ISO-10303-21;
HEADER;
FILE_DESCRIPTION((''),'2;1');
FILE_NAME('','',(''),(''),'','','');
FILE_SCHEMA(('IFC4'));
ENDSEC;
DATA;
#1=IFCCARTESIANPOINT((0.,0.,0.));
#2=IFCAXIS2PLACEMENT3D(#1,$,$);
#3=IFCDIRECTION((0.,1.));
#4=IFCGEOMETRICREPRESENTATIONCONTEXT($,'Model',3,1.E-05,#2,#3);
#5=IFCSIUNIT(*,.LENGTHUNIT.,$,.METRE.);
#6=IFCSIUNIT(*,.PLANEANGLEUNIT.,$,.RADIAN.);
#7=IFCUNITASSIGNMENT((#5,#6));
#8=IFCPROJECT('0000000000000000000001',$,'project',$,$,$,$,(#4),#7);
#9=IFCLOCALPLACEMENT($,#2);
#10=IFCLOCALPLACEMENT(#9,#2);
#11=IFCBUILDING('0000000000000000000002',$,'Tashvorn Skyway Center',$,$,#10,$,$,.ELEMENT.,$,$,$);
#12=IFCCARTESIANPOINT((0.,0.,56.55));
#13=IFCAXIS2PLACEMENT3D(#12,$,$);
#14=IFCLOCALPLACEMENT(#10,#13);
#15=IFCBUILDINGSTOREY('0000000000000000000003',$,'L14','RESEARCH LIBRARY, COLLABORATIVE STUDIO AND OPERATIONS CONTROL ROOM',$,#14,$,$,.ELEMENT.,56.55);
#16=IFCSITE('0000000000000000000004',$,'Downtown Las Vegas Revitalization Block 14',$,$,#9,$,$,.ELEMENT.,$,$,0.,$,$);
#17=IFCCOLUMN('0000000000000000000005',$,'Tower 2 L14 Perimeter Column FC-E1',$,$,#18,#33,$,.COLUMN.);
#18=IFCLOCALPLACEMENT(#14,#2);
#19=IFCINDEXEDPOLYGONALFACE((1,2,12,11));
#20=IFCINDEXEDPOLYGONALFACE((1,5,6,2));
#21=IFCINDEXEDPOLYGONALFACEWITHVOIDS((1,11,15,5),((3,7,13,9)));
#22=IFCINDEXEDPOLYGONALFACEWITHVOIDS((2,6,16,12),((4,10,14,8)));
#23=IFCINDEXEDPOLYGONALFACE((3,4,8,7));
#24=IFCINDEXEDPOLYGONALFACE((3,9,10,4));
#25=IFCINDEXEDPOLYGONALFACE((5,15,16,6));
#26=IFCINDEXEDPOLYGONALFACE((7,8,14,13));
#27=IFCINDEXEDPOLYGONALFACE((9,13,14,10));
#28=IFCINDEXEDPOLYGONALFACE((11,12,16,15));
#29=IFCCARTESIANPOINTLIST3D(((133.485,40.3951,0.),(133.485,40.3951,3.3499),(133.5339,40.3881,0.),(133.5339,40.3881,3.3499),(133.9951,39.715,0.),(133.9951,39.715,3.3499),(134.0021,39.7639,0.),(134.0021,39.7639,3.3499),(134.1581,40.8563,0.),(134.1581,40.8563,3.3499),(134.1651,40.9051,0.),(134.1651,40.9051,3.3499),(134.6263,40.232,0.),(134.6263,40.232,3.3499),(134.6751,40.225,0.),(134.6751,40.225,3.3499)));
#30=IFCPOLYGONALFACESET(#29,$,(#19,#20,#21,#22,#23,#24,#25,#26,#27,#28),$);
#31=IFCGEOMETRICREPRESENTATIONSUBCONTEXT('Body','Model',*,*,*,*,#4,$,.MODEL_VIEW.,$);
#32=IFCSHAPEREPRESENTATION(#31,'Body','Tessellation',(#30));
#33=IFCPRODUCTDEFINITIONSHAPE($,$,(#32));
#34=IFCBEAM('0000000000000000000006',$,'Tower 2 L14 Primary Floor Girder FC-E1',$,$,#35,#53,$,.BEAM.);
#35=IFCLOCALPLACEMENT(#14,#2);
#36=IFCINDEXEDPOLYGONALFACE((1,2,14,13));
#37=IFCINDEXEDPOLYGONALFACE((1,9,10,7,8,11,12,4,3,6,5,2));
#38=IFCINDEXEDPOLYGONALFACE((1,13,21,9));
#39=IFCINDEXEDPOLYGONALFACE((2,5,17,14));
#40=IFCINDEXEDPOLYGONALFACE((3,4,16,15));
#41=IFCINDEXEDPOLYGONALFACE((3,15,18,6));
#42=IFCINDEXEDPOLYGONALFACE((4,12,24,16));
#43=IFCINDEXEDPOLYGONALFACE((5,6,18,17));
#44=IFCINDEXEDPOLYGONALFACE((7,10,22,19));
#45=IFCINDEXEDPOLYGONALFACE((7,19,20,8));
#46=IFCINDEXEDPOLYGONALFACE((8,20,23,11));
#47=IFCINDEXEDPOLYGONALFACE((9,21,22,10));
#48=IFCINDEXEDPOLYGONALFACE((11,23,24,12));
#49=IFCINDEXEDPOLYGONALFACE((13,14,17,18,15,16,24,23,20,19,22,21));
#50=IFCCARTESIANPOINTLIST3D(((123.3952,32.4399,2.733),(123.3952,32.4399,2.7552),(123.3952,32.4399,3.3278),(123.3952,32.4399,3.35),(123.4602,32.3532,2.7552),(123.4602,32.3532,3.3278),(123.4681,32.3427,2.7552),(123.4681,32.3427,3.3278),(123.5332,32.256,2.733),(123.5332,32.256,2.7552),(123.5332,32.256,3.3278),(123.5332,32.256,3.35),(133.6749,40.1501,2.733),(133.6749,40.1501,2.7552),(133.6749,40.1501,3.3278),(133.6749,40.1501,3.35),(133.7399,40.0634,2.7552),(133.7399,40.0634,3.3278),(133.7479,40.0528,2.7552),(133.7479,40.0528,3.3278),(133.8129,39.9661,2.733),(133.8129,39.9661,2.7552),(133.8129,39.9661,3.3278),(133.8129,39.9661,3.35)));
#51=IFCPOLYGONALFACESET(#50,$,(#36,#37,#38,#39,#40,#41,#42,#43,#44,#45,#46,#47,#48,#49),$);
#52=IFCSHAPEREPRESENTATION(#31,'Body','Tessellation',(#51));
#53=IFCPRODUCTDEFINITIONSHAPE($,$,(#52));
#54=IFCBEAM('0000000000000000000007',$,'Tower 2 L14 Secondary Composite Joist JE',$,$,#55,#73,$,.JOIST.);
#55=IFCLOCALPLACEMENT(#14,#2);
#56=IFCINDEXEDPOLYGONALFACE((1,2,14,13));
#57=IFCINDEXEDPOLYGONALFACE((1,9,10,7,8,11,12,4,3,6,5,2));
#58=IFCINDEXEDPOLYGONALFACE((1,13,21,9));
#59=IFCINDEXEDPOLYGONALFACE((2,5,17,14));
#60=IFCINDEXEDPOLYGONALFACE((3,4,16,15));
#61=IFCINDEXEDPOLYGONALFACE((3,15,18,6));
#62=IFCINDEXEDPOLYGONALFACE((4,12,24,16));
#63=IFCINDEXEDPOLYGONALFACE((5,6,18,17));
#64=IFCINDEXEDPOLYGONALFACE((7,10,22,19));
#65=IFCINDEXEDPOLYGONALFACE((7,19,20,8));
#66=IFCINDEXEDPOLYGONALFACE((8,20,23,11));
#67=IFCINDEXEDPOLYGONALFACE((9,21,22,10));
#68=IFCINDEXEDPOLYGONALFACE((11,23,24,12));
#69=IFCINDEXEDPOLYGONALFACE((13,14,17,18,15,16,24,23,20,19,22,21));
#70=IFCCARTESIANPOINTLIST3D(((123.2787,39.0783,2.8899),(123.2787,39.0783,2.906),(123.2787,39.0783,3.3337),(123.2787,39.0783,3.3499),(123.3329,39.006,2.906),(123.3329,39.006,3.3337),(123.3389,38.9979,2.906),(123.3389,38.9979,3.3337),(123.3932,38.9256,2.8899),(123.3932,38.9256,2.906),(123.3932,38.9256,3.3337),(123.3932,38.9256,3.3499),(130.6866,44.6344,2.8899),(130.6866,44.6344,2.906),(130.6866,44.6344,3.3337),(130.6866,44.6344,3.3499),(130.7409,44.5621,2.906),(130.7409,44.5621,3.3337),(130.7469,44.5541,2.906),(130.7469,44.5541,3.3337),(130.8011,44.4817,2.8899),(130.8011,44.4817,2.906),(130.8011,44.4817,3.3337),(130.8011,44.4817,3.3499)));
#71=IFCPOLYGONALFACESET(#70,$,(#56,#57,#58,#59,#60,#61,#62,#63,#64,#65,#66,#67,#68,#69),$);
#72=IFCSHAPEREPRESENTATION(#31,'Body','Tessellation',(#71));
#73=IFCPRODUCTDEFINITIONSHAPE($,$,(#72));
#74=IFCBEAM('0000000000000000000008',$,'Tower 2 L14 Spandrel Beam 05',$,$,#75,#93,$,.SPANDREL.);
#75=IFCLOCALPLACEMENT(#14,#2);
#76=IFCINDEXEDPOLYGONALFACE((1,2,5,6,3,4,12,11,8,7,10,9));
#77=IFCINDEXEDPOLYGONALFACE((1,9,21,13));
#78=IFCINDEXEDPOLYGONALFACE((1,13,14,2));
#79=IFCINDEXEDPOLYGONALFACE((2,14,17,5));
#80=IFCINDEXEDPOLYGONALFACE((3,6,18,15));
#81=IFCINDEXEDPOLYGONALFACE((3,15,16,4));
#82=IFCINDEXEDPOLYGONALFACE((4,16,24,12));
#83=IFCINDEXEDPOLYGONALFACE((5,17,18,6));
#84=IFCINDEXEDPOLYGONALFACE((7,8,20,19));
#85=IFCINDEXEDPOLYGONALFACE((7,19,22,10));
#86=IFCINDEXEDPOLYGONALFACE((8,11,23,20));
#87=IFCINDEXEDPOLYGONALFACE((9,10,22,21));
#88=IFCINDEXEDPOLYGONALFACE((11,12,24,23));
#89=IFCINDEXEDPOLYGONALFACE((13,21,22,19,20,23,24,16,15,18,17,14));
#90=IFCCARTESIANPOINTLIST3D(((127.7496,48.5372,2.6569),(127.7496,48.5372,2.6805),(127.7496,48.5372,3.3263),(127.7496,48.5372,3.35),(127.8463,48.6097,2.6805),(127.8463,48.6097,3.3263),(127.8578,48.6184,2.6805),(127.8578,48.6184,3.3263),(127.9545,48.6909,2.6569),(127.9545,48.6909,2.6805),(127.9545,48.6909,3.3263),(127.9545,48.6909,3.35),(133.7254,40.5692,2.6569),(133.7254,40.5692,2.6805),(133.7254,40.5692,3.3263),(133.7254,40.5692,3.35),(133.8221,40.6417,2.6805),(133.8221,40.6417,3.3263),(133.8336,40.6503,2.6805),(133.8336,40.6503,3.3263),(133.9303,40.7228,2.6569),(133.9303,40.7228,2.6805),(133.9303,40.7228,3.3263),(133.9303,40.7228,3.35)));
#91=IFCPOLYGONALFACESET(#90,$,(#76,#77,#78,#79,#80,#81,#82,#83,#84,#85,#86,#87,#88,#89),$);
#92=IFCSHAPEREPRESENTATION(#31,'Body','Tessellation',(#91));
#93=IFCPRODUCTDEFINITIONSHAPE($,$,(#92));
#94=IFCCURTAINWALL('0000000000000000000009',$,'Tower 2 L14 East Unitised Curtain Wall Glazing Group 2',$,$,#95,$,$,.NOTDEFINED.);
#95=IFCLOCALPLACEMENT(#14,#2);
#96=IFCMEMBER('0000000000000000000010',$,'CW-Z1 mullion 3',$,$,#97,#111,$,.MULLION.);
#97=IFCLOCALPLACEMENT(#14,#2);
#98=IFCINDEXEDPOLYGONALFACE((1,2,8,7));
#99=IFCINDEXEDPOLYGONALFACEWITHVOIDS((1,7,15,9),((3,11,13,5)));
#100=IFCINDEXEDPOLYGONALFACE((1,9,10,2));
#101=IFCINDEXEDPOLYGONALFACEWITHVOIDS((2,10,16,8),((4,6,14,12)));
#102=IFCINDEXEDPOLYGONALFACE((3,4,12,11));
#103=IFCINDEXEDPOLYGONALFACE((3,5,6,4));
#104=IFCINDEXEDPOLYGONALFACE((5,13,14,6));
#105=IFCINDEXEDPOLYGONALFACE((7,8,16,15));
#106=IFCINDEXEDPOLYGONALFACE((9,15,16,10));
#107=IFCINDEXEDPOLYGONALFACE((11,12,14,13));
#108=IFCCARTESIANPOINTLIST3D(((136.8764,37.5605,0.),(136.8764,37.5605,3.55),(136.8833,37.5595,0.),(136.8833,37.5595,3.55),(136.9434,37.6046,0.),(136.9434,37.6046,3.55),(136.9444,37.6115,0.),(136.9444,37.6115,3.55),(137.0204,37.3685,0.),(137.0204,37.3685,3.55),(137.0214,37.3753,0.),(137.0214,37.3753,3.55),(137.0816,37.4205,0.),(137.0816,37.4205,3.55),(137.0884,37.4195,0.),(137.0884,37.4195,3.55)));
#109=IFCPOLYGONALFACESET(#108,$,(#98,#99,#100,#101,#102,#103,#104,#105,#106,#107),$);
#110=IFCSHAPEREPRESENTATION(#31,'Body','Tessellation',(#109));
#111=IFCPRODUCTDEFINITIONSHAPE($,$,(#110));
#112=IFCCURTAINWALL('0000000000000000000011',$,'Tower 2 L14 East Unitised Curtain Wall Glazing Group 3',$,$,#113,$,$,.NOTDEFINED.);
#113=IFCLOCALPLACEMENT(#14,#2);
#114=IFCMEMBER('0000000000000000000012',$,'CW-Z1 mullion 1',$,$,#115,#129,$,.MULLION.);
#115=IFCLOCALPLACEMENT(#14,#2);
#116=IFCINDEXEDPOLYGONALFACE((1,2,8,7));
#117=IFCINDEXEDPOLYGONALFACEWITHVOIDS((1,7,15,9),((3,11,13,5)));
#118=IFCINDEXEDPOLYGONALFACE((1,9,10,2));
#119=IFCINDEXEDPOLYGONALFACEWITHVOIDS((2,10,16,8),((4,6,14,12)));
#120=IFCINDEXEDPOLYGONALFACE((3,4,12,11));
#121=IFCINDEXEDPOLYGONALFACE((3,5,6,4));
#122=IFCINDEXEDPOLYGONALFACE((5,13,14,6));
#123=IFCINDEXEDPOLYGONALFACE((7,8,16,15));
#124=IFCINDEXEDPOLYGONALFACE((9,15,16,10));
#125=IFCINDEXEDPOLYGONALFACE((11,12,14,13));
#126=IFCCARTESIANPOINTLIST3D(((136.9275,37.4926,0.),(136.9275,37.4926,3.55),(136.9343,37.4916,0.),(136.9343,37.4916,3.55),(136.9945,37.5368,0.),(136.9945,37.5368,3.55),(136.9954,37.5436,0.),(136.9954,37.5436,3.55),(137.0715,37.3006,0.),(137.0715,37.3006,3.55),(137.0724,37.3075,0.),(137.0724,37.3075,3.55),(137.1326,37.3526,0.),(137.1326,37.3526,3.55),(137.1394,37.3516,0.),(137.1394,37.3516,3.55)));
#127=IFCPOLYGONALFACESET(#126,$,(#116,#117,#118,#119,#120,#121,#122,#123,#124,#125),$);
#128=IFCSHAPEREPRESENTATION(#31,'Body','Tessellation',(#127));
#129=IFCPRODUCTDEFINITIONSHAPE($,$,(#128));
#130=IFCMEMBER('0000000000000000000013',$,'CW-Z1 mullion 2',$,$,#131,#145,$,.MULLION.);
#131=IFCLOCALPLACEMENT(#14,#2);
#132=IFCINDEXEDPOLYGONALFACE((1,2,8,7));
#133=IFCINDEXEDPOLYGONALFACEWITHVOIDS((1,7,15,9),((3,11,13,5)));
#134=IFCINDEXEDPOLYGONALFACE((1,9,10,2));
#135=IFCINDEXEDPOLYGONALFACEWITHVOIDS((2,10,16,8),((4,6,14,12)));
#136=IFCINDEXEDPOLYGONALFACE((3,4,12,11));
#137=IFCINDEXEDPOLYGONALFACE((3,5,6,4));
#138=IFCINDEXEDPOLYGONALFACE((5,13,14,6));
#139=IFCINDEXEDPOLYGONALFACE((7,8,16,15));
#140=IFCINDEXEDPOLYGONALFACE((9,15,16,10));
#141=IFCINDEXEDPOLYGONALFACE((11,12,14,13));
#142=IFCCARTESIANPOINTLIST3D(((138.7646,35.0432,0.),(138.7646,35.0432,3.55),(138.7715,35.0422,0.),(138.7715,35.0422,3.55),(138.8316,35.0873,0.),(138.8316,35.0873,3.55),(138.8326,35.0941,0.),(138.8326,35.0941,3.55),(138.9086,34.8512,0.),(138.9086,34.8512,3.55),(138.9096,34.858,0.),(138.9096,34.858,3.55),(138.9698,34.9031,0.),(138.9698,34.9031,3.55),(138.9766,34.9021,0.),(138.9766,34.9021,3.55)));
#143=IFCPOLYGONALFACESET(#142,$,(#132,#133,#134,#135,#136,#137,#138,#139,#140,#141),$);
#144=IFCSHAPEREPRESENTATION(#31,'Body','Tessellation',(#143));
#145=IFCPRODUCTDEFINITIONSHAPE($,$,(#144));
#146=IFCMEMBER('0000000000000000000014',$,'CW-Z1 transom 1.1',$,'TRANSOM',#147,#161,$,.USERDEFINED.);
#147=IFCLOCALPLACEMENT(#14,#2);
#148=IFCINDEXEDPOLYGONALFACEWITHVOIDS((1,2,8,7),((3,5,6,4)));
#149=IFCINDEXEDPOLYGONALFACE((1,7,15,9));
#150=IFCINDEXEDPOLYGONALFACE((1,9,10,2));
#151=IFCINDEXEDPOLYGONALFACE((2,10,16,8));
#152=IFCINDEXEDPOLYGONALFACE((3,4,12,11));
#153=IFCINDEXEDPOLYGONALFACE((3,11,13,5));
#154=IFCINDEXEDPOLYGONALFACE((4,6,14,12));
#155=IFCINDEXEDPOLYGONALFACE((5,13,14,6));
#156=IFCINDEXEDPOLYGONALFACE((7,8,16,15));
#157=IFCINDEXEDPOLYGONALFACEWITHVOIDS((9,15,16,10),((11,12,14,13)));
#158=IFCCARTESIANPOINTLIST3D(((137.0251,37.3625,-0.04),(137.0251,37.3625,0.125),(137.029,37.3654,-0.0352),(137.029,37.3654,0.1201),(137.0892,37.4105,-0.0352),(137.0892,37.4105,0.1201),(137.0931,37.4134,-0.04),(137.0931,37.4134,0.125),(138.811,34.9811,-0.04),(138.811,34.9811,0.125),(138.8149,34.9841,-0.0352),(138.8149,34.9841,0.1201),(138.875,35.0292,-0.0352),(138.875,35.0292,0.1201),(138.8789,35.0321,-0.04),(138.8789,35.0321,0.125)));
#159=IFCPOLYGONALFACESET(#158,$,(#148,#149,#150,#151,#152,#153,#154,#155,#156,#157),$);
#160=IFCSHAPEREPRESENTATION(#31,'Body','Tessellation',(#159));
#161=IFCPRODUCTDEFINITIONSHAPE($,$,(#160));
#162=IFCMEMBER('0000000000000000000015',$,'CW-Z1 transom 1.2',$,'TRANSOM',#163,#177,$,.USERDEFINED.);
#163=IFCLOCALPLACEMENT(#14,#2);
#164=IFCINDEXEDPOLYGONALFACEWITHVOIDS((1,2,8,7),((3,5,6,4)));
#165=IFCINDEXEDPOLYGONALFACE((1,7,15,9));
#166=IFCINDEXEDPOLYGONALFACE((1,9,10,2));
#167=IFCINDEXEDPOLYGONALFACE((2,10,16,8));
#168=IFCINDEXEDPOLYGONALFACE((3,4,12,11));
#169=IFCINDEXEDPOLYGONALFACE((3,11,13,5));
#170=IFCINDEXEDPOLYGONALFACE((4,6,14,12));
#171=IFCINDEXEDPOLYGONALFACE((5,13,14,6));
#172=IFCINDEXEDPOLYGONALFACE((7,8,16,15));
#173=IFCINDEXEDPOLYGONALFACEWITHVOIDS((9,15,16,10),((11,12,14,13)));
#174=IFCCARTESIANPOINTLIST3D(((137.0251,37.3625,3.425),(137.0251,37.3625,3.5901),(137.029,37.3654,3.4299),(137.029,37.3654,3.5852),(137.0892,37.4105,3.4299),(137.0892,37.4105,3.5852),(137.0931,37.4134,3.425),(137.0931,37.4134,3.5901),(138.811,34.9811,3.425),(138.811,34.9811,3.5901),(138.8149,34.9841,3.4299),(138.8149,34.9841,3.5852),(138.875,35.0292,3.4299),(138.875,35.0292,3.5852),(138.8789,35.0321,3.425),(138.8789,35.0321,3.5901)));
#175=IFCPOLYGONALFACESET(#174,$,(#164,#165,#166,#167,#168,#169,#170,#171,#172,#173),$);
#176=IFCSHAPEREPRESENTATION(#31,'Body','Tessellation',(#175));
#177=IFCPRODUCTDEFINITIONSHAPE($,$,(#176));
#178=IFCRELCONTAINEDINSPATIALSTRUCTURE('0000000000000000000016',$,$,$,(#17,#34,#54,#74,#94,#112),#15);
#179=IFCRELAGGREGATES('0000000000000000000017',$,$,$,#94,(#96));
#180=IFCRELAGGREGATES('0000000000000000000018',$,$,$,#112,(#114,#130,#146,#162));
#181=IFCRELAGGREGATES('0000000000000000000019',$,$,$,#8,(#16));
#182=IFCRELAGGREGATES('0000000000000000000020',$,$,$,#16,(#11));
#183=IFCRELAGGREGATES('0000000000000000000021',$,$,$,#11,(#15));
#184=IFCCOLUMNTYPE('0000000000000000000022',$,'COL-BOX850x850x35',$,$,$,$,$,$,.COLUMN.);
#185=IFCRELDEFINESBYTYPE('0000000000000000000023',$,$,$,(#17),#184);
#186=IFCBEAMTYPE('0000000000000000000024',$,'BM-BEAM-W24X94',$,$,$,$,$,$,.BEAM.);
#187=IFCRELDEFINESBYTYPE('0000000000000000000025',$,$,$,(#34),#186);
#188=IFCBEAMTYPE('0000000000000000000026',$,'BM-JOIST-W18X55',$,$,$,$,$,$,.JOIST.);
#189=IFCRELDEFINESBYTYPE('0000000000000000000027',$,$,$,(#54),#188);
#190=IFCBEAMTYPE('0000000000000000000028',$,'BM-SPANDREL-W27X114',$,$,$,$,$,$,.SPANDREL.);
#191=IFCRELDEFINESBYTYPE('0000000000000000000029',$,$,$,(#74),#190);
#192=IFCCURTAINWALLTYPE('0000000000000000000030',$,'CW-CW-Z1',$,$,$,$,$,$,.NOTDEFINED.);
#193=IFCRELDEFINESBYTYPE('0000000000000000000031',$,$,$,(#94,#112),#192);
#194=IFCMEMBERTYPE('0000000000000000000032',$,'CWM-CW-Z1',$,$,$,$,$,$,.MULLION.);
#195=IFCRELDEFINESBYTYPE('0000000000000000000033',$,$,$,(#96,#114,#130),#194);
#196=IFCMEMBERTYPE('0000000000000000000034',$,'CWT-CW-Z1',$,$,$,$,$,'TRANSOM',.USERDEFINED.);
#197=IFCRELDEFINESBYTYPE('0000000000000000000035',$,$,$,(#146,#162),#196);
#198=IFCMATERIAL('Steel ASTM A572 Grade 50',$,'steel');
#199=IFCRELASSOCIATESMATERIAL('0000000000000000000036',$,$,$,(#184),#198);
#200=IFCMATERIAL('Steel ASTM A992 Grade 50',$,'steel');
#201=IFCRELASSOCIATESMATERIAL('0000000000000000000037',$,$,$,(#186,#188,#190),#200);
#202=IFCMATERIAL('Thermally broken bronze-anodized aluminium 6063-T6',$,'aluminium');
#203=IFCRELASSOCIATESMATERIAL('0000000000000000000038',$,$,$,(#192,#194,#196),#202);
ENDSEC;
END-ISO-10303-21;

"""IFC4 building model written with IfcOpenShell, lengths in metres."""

from ifc_helpers import new_model, si_unit, direction, frame, origin, origin_2d, place, context, subcontext, project, spatial, hollow_rectangle, i_section, extrude, material, material_profile, profile_set, type_object, element, aggregate, save


model = new_model("IFC4")

# Units and contexts
model_context = context("Model", 3, precision=1e-05, world=origin(), true_north=direction((0.0, 1.0)))
body_context = subcontext(model_context, "Body", "Model", "MODEL_VIEW")
ifc_project = project(units=[si_unit("LENGTHUNIT", "METRE"), si_unit("PLANEANGLEUNIT", "RADIAN")], contexts=[model_context])

# Site, building, storey
site_placement = place(None, origin())
site = spatial("IfcSite", under=ifc_project, at=site_placement, Name="Downtown Las Vegas Revitalization Block 14", CompositionType="ELEMENT", RefElevation=0.0)
building_placement = place(site_placement, origin())
building = spatial("IfcBuilding", under=site, at=building_placement, Name="Tashvorn Skyway Center", CompositionType="ELEMENT")
storey_placement = place(building_placement, frame((0.0, 0.0, 56.55)))
storey = spatial("IfcBuildingStorey", under=building, at=storey_placement, Name="L14", Description="RESEARCH LIBRARY, COLLABORATIVE STUDIO AND OPERATIONS CONTROL ROOM", CompositionType="ELEMENT", Elevation=56.55)

# Column
ifc_material_1 = material(Name="Steel ASTM A572 Grade 50", Category="steel")
ifc_material_profile_1 = material_profile(ifc_material_1, hollow_rectangle(XDim=0.8501, YDim=0.8501, WallThickness=0.0349, at=origin_2d()), Name="BOX850x850x35")
ifc_profile_set_1 = profile_set([ifc_material_profile_1], Name="Steel ASTM A572 Grade 50")
column_type = type_object("IfcColumnType", Name="COL-BOX850x850x35", PredefinedType="COLUMN", material=ifc_profile_set_1)
column_placement = place(storey_placement, frame((134.0801, 40.3101, 0.0), z_axis=(0.0, 0.0, 1.0), x_axis=(0.8, 0.6, 0.0)))
element("IfcColumn", 1, at=column_placement, inside=storey, type_object=column_type, Name="Tower 2 L14 Perimeter Column FC-E1", PredefinedType="COLUMN", context=body_context, shape_type="SweptSolid", body=[
    extrude(hollow_rectangle(XDim=0.8501, YDim=0.8501, WallThickness=0.0349, at=origin_2d()), origin(), (0.0, 0.0, 1.0), 3.3499),
])

# Beams
ifc_material_2 = material(Name="Steel ASTM A992 Grade 50", Category="steel")
ifc_material_profile_2 = material_profile(ifc_material_2, i_section(OverallWidth=0.23, OverallDepth=0.6169, WebThickness=0.0132, FlangeThickness=0.0222, at=origin_2d()), Name="W24X94")
ifc_profile_set_2 = profile_set([ifc_material_profile_2], Name="Steel ASTM A992 Grade 50")
beam_type_1 = type_object("IfcBeamType", Name="BM-BEAM-W24X94", PredefinedType="BEAM", material=ifc_profile_set_2)
beam_1_placement = place(storey_placement, frame((133.7439, 40.0581, 3.0415), z_axis=(-0.799986, -0.600018, 0.0), x_axis=(0.600018, -0.799986, 0.0)))
element("IfcBeam", 2, at=beam_1_placement, inside=storey, type_object=beam_type_1, Name="Tower 2 L14 Primary Floor Girder FC-E1", PredefinedType="BEAM", context=body_context, shape_type="SweptSolid", body=[
    extrude(i_section(OverallWidth=0.23, OverallDepth=0.6169, WebThickness=0.0132, FlangeThickness=0.0222, at=origin_2d()), origin(), (0.0, 0.0, 1.0), 12.8499),
])
ifc_material_profile_3 = material_profile(ifc_material_2, i_section(OverallWidth=0.1909, OverallDepth=0.46, WebThickness=0.01, FlangeThickness=0.0161, at=origin_2d()), Name="W18X55")
ifc_profile_set_3 = profile_set([ifc_material_profile_3], Name="Steel ASTM A992 Grade 50")
beam_type_2 = type_object("IfcBeamType", Name="BM-JOIST-W18X55", PredefinedType="JOIST", material=ifc_profile_set_3)
beam_2_placement = place(storey_placement, frame((123.3359, 39.002, 3.1199), z_axis=(0.799991, 0.600013, 0.0), x_axis=(-0.600013, 0.799991, 0.0)))
element("IfcBeam", 3, at=beam_2_placement, inside=storey, type_object=beam_type_2, Name="Tower 2 L14 Secondary Composite Joist JE", PredefinedType="JOIST", context=body_context, shape_type="SweptSolid", body=[
    extrude(i_section(OverallWidth=0.1909, OverallDepth=0.46, WebThickness=0.01, FlangeThickness=0.0161, at=origin_2d()), origin(), (0.0, 0.0, 1.0), 9.26),
])
ifc_material_profile_4 = material_profile(ifc_material_2, i_section(OverallWidth=0.2561, OverallDepth=0.6931, WebThickness=0.0144, FlangeThickness=0.0237, at=origin_2d()), Name="W27X114")
ifc_profile_set_4 = profile_set([ifc_material_profile_4], Name="Steel ASTM A992 Grade 50")
beam_type_3 = type_object("IfcBeamType", Name="BM-SPANDREL-W27X114", PredefinedType="SPANDREL", material=ifc_profile_set_4)
beam_3_placement = place(storey_placement, frame((133.8279, 40.646, 3.0034), z_axis=(-0.599988, 0.800009, 0.0), x_axis=(-0.800009, -0.599988, 0.0)))
element("IfcBeam", 4, at=beam_3_placement, inside=storey, type_object=beam_type_3, Name="Tower 2 L14 Spandrel Beam 05", PredefinedType="SPANDREL", context=body_context, shape_type="SweptSolid", body=[
    extrude(i_section(OverallWidth=0.2561, OverallDepth=0.6931, WebThickness=0.0144, FlangeThickness=0.0237, at=origin_2d()), origin(), (0.0, 0.0, 1.0), 9.96),
])

# Curtain wall, member
ifc_material_3 = material(Name="Thermally broken bronze-anodized aluminium 6063-T6", Category="aluminium")
curtain_wall_type = type_object("IfcCurtainWallType", Name="CW-CW-Z1", PredefinedType="NOTDEFINED", material=ifc_material_3)
curtain_wall_1_placement = place(storey_placement, origin())
curtain_wall_1 = element("IfcCurtainWall", 5, at=curtain_wall_1_placement, inside=storey, type_object=curtain_wall_type, Name="Tower 2 L14 East Unitised Curtain Wall Glazing Group 2", PredefinedType="NOTDEFINED")
ifc_material_profile_5 = material_profile(ifc_material_3, hollow_rectangle(XDim=0.085, YDim=0.24, WallThickness=0.0049, at=origin_2d()), Name="ALU-MULL-85x240")
ifc_profile_set_5 = profile_set([ifc_material_profile_5], Name="Thermally broken bronze-anodized aluminium 6063-T6")
member_type_1 = type_object("IfcMemberType", Name="CWM-CW-Z1", PredefinedType="MULLION", material=ifc_profile_set_5)
member_1_placement = place(storey_placement, frame((136.9824, 37.49, 0.0), z_axis=(0.0, 0.0, 1.0), x_axis=(0.8, 0.6, 0.0)))
member_1 = element("IfcMember", 6, at=member_1_placement, type_object=member_type_1, Name="CW-Z1 mullion 3", PredefinedType="MULLION", context=body_context, shape_type="SweptSolid", body=[
    extrude(hollow_rectangle(XDim=0.085, YDim=0.24, WallThickness=0.0049, at=origin_2d()), origin(), (0.0, 0.0, 1.0), 3.55),
])

# Curtain wall, members
curtain_wall_2_placement = place(storey_placement, origin())
curtain_wall_2 = element("IfcCurtainWall", 7, at=curtain_wall_2_placement, inside=storey, type_object=curtain_wall_type, Name="Tower 2 L14 East Unitised Curtain Wall Glazing Group 3", PredefinedType="NOTDEFINED")
member_2_placement = place(storey_placement, frame((137.0334, 37.4221, 0.0), z_axis=(0.0, 0.0, 1.0), x_axis=(0.799996, 0.600005, 0.0)))
member_2 = element("IfcMember", 8, at=member_2_placement, type_object=member_type_1, Name="CW-Z1 mullion 1", PredefinedType="MULLION", context=body_context, shape_type="SweptSolid", body=[
    extrude(hollow_rectangle(XDim=0.085, YDim=0.24, WallThickness=0.0049, at=origin_2d()), origin(), (0.0, 0.0, 1.0), 3.55),
])
member_3_placement = place(storey_placement, frame((138.8706, 34.9727, 0.0), z_axis=(0.0, 0.0, 1.0), x_axis=(0.799996, 0.600005, 0.0)))
member_3 = element("IfcMember", 9, at=member_3_placement, type_object=member_type_1, Name="CW-Z1 mullion 2", PredefinedType="MULLION", context=body_context, shape_type="SweptSolid", body=[
    extrude(hollow_rectangle(XDim=0.085, YDim=0.24, WallThickness=0.0049, at=origin_2d()), origin(), (0.0, 0.0, 1.0), 3.55),
])
ifc_material_profile_6 = material_profile(ifc_material_3, hollow_rectangle(XDim=0.085, YDim=0.165, WallThickness=0.0049, at=origin_2d()), Name="ALU-TRAN-85x165")
ifc_profile_set_6 = profile_set([ifc_material_profile_6], Name="Thermally broken bronze-anodized aluminium 6063-T6")
member_type_2 = type_object("IfcMemberType", Name="CWT-CW-Z1", ElementType="TRANSOM", PredefinedType="USERDEFINED", material=ifc_profile_set_6)
member_4_placement = place(storey_placement, frame((137.0591, 37.3879, 0.0425), z_axis=(0.599974, -0.80002, 0.0), x_axis=(0.80002, 0.599974, 0.0)))
member_4 = element("IfcMember", 10, at=member_4_placement, type_object=member_type_2, Name="CW-Z1 transom 1.1", ObjectType="TRANSOM", PredefinedType="USERDEFINED", context=body_context, shape_type="SweptSolid", body=[
    extrude(hollow_rectangle(XDim=0.085, YDim=0.165, WallThickness=0.0049, at=origin_2d()), origin(), (0.0, 0.0, 1.0), 2.9766),
])
member_5_placement = place(storey_placement, frame((137.0591, 37.3879, 3.5076), z_axis=(0.599974, -0.80002, 0.0), x_axis=(0.80002, 0.599974, 0.0)))
member_5 = element("IfcMember", 11, at=member_5_placement, type_object=member_type_2, Name="CW-Z1 transom 1.2", ObjectType="TRANSOM", PredefinedType="USERDEFINED", context=body_context, shape_type="SweptSolid", body=[
    extrude(hollow_rectangle(XDim=0.085, YDim=0.165, WallThickness=0.0049, at=origin_2d()), origin(), (0.0, 0.0, 1.0), 2.9766),
])

aggregate(curtain_wall_1, [member_1])
aggregate(curtain_wall_2, [member_2, member_3, member_4, member_5])

save(model, "model.ifc")
